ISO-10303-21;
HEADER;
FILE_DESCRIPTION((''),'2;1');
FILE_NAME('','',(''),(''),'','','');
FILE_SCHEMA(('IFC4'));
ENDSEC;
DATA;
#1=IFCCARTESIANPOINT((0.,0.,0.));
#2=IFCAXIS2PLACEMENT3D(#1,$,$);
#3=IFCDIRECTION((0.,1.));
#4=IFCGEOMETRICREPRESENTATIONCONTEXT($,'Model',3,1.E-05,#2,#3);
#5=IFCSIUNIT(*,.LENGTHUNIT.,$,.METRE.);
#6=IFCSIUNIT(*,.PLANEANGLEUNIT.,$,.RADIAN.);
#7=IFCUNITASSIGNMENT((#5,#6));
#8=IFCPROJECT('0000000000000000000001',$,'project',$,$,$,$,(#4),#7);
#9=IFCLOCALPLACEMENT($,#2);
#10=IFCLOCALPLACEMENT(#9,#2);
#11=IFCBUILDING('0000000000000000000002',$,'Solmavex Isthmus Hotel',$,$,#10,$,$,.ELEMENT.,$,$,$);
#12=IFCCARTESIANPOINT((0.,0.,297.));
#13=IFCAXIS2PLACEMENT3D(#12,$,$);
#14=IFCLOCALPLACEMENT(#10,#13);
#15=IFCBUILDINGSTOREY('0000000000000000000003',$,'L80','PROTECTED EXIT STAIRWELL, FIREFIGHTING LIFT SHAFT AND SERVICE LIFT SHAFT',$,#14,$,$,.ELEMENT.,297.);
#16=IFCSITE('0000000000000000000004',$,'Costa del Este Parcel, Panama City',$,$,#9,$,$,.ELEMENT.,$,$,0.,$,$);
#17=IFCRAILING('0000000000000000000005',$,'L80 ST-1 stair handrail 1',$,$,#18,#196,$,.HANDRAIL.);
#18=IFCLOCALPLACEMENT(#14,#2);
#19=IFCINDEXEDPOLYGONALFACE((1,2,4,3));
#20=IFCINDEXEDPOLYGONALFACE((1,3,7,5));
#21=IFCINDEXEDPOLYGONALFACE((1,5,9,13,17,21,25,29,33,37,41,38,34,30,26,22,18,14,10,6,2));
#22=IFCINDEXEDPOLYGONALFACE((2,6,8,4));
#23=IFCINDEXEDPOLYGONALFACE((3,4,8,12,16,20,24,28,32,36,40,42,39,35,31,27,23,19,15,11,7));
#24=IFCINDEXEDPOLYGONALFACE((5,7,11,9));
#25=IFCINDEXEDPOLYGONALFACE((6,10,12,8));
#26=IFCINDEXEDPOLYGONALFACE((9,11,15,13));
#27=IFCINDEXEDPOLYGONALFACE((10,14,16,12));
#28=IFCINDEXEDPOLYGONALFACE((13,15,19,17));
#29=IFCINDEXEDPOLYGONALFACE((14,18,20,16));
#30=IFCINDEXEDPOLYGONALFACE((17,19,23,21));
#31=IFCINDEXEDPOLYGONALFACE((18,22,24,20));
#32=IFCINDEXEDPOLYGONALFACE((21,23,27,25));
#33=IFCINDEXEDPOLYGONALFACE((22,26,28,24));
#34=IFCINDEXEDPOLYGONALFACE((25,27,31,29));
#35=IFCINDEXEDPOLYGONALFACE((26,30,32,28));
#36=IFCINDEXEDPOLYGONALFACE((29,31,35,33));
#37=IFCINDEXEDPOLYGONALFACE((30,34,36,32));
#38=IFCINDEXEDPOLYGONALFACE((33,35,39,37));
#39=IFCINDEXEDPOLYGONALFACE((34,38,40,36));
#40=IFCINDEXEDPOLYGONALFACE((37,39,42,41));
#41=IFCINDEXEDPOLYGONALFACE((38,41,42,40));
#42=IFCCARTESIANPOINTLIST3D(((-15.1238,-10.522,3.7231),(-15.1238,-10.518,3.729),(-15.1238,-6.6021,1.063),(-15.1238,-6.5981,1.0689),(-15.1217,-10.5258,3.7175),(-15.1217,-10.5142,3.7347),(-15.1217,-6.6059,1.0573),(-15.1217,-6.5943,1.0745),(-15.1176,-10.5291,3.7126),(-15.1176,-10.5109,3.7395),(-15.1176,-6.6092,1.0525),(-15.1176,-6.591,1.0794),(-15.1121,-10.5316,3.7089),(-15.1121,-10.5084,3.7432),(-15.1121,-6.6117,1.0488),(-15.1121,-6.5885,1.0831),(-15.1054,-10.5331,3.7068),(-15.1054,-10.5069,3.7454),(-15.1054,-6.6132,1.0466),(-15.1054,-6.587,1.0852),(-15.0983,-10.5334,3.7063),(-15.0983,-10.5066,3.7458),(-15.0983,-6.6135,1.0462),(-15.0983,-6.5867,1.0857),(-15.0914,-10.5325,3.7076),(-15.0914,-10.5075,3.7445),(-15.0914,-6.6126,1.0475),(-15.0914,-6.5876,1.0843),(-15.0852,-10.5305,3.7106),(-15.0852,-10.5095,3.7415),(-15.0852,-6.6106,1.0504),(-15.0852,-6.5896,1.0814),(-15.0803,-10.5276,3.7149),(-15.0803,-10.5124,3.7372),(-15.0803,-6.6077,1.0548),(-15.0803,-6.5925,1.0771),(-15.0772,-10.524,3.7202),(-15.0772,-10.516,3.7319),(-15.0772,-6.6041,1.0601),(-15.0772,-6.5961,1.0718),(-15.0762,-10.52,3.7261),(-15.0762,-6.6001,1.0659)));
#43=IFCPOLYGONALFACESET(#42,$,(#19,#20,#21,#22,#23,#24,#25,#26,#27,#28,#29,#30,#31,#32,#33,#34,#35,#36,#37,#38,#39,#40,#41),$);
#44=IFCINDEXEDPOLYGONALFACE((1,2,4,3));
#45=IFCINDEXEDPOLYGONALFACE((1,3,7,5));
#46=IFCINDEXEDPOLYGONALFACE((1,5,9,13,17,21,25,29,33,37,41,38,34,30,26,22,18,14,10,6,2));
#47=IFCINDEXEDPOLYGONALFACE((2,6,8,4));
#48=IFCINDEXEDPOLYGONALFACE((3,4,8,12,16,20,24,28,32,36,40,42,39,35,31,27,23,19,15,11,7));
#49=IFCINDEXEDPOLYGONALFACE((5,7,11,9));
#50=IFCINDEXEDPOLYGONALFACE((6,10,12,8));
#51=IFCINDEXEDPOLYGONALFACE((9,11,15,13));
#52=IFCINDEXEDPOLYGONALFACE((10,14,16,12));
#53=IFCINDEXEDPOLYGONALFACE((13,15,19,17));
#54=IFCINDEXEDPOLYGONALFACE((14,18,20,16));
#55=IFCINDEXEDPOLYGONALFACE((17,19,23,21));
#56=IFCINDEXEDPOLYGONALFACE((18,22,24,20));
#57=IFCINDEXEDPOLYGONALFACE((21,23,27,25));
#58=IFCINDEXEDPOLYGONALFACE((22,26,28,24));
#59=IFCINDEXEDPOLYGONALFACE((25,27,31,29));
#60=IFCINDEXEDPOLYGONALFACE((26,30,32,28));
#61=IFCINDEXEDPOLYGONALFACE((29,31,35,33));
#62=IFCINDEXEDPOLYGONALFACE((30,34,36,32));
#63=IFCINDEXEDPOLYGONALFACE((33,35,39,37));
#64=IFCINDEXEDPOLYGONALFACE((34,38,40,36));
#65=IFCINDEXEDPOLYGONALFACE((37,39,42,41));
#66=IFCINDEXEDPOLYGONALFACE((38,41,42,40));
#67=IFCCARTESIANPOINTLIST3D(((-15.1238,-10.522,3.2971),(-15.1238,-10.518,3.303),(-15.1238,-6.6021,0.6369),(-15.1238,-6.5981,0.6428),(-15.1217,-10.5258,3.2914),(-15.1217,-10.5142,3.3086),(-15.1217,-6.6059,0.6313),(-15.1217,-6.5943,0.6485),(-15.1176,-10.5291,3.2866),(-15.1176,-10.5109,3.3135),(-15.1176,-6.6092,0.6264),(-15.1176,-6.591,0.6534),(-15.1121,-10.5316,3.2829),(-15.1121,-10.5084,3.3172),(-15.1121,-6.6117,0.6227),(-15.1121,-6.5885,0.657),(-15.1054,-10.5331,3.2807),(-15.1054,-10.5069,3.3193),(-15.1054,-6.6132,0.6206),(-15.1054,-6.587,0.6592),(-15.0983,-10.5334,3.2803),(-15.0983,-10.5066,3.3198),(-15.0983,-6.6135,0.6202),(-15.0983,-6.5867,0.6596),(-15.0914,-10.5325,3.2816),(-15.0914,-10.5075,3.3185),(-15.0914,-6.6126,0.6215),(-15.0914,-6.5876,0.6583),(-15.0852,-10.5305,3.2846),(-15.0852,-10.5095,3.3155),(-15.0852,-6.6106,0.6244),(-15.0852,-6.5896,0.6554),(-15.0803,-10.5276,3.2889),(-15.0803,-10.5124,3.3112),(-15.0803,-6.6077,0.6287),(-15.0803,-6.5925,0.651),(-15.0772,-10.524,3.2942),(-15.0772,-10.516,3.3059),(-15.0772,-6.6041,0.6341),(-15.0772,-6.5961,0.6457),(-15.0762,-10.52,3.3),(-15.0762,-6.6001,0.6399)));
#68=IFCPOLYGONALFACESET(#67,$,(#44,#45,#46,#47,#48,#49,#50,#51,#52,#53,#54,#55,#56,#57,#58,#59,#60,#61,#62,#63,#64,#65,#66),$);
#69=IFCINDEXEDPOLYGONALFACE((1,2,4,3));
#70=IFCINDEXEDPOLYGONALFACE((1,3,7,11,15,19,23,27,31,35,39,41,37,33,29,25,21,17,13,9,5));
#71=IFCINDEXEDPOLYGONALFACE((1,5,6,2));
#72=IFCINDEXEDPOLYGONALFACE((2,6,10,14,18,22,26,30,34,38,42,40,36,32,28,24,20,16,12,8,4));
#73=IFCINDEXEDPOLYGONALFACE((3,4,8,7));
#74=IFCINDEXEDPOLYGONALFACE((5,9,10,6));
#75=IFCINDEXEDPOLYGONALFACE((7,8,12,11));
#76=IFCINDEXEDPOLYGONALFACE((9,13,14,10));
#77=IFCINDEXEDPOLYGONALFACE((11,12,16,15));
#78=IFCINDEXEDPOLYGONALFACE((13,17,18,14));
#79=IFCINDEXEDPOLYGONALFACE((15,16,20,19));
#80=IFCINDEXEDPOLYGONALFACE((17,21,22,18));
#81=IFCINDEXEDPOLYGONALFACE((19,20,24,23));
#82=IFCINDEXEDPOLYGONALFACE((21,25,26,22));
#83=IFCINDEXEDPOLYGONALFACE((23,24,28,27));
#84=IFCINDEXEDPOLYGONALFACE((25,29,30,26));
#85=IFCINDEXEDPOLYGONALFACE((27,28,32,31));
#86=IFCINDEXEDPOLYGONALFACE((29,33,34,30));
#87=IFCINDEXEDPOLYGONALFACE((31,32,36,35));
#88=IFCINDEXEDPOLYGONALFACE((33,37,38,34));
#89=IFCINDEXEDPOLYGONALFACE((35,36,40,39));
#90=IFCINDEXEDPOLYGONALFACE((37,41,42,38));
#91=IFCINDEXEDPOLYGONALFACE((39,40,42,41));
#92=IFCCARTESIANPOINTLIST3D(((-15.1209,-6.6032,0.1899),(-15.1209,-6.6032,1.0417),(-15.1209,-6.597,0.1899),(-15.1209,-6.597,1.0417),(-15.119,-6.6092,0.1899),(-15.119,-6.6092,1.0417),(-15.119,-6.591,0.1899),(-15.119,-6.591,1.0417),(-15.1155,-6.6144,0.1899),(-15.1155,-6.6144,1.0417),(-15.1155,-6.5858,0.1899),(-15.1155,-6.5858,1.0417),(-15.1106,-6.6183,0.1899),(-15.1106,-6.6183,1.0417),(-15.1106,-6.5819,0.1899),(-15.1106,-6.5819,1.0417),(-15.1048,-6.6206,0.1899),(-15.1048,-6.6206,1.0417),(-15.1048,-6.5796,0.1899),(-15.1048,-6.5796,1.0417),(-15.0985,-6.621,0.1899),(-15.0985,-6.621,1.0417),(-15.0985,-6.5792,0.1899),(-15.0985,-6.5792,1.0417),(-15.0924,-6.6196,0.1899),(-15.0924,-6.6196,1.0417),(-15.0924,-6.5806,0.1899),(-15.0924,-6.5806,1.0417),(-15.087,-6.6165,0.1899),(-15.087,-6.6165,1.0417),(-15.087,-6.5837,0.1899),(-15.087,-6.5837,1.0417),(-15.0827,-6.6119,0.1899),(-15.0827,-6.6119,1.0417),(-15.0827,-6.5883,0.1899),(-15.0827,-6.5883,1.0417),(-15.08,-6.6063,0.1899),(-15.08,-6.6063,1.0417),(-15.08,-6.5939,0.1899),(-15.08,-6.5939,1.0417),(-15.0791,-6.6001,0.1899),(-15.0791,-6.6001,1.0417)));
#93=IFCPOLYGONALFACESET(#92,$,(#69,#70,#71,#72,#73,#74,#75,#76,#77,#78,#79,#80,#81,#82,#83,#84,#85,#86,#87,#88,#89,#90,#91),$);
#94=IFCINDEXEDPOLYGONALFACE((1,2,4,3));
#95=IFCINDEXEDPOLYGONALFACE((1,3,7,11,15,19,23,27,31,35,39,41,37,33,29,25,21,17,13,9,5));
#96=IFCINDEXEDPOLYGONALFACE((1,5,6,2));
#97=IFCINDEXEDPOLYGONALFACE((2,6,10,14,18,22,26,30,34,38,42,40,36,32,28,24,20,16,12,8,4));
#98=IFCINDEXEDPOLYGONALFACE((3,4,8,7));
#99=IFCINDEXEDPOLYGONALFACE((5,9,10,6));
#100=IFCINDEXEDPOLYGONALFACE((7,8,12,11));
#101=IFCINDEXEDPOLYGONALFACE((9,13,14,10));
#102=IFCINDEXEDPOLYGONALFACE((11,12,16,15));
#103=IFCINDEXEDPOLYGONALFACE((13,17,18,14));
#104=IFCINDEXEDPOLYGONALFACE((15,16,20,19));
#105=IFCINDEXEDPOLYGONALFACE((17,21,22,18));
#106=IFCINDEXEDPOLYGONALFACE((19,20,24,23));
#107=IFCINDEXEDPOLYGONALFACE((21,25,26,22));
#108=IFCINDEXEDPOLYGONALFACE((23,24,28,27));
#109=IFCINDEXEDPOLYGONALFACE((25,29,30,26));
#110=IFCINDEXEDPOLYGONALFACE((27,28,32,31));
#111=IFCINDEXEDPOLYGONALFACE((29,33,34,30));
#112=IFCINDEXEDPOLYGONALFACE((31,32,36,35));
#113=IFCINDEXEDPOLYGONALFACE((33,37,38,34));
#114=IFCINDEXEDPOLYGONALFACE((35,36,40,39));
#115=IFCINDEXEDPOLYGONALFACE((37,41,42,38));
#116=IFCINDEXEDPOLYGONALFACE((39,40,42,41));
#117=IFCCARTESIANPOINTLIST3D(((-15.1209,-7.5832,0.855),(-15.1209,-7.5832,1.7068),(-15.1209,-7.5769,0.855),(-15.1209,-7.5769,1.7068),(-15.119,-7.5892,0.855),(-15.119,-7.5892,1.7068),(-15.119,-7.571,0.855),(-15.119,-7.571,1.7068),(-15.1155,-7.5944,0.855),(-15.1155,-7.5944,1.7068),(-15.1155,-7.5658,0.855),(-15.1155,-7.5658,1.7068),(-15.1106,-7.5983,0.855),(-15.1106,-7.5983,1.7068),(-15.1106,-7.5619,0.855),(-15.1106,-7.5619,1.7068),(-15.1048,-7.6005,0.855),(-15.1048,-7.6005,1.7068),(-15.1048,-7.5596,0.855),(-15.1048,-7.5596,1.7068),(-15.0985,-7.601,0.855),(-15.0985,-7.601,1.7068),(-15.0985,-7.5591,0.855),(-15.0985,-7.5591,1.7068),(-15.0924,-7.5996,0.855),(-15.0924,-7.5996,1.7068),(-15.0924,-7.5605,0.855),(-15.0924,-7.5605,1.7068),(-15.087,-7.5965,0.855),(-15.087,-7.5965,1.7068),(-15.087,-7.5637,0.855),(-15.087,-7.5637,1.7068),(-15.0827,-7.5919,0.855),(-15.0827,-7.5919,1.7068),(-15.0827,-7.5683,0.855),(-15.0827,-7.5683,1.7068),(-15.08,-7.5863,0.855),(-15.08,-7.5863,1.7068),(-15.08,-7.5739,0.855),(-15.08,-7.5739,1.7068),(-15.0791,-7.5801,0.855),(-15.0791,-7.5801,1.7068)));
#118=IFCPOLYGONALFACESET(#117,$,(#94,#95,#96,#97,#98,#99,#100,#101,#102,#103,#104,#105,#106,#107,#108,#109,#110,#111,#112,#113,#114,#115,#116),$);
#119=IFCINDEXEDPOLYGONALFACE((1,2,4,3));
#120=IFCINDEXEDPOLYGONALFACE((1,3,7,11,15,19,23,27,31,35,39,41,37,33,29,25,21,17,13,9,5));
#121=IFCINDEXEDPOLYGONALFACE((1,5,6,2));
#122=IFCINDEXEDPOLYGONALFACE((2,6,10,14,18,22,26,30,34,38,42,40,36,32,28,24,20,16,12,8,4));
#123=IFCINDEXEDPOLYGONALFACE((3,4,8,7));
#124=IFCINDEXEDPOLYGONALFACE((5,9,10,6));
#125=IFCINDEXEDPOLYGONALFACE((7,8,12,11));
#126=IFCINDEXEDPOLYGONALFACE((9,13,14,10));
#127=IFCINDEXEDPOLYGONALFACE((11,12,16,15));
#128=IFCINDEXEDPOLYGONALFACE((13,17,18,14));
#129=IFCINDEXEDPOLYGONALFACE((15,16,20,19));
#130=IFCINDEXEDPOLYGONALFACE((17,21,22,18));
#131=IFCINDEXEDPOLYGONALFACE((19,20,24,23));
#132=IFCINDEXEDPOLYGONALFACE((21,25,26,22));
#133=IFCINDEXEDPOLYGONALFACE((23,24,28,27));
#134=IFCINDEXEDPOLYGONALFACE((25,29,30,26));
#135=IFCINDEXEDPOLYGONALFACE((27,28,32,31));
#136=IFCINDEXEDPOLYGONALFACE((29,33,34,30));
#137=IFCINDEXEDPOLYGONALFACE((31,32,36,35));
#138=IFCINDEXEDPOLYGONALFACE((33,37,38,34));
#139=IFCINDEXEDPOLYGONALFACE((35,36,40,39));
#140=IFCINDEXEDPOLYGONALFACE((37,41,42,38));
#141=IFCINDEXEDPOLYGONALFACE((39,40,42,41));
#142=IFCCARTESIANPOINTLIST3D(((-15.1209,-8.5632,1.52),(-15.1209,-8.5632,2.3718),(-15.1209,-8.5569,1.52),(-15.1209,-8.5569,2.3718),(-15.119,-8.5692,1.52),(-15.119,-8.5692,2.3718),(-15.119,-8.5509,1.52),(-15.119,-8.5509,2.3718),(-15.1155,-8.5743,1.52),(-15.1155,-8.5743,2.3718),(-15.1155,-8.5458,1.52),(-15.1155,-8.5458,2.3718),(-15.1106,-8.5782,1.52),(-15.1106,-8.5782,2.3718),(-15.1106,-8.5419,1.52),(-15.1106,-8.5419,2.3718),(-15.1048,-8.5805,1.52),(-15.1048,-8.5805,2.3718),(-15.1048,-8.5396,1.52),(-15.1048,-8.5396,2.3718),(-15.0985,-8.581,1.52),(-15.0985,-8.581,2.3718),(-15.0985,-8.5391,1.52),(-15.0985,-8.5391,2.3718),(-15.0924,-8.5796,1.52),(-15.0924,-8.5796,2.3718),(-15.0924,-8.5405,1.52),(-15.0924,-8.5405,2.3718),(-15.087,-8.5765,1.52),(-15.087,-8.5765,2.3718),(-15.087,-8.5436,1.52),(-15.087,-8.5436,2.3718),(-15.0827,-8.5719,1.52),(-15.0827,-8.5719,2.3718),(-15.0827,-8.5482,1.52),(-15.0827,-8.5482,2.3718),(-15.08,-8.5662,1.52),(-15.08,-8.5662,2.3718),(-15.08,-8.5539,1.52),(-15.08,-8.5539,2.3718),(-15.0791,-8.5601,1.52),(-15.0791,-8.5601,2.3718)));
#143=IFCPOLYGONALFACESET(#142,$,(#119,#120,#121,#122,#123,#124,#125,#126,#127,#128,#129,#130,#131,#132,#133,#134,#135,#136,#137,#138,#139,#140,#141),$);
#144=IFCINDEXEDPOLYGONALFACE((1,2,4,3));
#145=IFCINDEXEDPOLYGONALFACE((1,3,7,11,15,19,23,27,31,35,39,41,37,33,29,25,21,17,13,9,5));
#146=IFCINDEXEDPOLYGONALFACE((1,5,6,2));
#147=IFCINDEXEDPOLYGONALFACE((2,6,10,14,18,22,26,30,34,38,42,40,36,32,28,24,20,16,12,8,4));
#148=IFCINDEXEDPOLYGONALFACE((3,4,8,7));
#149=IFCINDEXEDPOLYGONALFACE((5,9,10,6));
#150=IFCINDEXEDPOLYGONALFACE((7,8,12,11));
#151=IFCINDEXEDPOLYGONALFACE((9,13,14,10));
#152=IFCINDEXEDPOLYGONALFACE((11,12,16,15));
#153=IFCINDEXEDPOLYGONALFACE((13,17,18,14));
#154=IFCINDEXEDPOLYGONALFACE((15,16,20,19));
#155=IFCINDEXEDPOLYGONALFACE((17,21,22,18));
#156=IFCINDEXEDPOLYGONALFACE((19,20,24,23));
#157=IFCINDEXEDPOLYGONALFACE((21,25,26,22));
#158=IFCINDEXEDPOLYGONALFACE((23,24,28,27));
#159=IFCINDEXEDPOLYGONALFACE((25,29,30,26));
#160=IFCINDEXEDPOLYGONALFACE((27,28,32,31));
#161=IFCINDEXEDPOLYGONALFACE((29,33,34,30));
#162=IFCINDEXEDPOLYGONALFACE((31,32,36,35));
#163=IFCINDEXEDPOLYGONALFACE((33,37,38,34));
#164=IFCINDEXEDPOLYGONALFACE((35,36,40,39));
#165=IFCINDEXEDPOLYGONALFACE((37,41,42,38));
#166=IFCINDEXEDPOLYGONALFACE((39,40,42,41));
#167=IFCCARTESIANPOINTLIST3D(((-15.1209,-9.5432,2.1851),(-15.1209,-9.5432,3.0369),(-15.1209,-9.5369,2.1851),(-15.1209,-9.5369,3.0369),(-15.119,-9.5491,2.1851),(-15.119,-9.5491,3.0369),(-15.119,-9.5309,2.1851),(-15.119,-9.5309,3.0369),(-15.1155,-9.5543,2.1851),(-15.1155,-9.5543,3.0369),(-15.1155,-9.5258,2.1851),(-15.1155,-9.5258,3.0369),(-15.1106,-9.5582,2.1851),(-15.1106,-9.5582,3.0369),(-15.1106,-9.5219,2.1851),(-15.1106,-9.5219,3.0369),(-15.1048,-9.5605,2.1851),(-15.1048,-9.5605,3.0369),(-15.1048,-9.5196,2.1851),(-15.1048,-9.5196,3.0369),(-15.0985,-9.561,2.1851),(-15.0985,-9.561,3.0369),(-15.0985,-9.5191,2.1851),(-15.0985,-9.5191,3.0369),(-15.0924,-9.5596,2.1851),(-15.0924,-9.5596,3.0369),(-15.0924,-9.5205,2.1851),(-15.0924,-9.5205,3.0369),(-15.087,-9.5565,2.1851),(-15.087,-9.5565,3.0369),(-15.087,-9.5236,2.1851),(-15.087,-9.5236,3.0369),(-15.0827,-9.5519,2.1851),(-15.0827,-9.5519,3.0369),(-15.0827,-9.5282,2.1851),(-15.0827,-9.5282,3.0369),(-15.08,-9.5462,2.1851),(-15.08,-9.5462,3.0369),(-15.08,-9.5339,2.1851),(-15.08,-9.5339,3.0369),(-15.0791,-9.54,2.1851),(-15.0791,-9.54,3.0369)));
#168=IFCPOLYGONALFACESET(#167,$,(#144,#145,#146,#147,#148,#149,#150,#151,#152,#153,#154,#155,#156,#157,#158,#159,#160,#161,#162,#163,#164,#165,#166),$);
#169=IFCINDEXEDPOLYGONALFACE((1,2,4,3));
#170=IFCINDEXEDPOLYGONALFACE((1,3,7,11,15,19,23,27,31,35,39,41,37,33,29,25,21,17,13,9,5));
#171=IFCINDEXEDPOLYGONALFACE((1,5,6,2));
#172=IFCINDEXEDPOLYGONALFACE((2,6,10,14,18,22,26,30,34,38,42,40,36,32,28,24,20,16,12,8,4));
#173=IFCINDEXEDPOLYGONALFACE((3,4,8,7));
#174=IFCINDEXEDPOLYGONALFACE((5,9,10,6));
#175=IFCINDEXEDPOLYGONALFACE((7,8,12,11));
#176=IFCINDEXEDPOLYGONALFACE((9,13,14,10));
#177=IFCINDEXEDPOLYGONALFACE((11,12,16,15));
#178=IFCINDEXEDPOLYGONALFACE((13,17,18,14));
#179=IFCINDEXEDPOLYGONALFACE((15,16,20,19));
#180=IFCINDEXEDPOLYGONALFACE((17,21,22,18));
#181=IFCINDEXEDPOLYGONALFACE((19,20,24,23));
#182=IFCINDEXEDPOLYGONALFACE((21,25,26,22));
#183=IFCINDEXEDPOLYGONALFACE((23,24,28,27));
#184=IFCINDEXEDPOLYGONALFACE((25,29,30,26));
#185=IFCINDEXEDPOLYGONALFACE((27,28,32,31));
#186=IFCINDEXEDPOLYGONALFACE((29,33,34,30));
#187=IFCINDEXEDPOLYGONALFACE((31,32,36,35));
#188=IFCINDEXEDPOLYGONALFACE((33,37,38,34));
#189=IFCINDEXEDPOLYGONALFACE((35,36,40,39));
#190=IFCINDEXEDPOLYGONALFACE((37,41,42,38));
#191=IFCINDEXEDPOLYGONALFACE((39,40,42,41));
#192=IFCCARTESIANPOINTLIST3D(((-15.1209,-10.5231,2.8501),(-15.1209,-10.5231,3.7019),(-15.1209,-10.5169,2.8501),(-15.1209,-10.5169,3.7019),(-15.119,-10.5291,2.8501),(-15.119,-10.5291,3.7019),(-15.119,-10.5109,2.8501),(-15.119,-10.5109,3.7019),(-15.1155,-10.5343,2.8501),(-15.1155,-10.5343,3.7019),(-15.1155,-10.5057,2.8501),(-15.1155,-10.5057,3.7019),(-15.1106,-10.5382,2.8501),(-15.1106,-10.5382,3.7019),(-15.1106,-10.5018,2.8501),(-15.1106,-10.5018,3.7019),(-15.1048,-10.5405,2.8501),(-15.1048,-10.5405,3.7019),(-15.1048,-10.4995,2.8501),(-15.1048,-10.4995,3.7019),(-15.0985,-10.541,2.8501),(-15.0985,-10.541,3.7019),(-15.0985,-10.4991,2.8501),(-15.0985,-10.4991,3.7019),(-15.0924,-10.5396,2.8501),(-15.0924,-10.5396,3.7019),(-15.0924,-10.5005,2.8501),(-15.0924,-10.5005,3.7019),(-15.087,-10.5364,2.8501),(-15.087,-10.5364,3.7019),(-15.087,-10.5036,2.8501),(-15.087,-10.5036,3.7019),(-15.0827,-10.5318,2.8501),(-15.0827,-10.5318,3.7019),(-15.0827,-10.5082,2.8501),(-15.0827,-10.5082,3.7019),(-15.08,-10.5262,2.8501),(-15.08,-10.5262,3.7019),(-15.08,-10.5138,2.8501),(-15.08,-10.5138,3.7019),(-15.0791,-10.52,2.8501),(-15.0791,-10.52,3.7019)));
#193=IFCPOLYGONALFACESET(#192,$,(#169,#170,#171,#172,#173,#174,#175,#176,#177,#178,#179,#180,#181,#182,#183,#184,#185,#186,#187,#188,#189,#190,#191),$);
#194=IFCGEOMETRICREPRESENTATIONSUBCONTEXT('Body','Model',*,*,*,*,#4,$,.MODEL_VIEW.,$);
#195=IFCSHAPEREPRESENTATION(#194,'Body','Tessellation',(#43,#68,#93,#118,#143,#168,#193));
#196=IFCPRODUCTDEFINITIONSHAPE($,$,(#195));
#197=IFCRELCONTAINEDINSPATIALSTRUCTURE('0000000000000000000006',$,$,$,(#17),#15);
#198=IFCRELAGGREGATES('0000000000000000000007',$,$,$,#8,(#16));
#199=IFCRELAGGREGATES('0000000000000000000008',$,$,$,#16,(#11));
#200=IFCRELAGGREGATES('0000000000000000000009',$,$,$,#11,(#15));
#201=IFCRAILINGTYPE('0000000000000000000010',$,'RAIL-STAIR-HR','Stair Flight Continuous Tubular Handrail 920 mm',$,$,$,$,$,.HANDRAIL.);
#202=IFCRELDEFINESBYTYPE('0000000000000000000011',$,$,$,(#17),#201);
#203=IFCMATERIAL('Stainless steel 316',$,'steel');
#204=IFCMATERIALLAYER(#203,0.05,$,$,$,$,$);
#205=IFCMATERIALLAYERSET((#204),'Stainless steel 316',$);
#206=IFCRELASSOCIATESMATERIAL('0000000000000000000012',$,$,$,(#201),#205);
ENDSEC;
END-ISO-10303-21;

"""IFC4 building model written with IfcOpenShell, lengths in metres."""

from ifc_helpers import new_model, si_unit, direction, frame, origin, origin_2d, place, context, subcontext, project, spatial, circle, extrude, material, layer, layer_set, type_object, element, save


model = new_model("IFC4")

# Units and contexts
model_context = context("Model", 3, precision=1e-05, world=origin(), true_north=direction((0.0, 1.0)))
body_context = subcontext(model_context, "Body", "Model", "MODEL_VIEW")
ifc_project = project(units=[si_unit("LENGTHUNIT", "METRE"), si_unit("PLANEANGLEUNIT", "RADIAN")], contexts=[model_context])

# Site, building, storey
site_placement = place(None, origin())
site = spatial("IfcSite", under=ifc_project, at=site_placement, Name="Costa del Este Parcel, Panama City", CompositionType="ELEMENT", RefElevation=0.0)
building_placement = place(site_placement, origin())
building = spatial("IfcBuilding", under=site, at=building_placement, Name="Solmavex Isthmus Hotel", CompositionType="ELEMENT")
storey_placement = place(building_placement, frame((0.0, 0.0, 297.0)))
storey = spatial("IfcBuildingStorey", under=building, at=storey_placement, Name="L80", Description="PROTECTED EXIT STAIRWELL, FIREFIGHTING LIFT SHAFT AND SERVICE LIFT SHAFT", CompositionType="ELEMENT", Elevation=297.0)

# Railing
ifc_material_1 = material(Name="Stainless steel 316", Category="steel")
ifc_layer_1 = layer(ifc_material_1, 0.05)
ifc_layer_set_1 = layer_set([ifc_layer_1], Name="Stainless steel 316")
railing_type = type_object("IfcRailingType", Name="RAIL-STAIR-HR", Description="Stair Flight Continuous Tubular Handrail 920 mm", PredefinedType="HANDRAIL", material=ifc_layer_set_1)
railing_placement = place(storey_placement, frame((-15.1001, -6.6001, 0.1899)))
element("IfcRailing", 1, at=railing_placement, inside=storey, type_object=railing_type, Name="L80 ST-1 stair handrail 1", PredefinedType="HANDRAIL", context=body_context, shape_type="SweptSolid", body=[
    extrude(circle(Radius=0.0239, at=origin_2d()), frame((0.0, 0.0, 0.876), z_axis=(0.0, -0.827455, 0.561532), x_axis=(1.0, 0.0, 0.0)), (0.0, 0.0, 1.0), 4.7373),
    extrude(circle(Radius=0.0239, at=origin_2d()), frame((0.0, 0.0, 0.45), z_axis=(0.0, -0.827455, 0.561532), x_axis=(1.0, 0.0, 0.0)), (0.0, 0.0, 1.0), 4.7373),
    extrude(circle(Radius=0.021, at=origin_2d()), origin(), (0.0, 0.0, 1.0), 0.8518),
    extrude(circle(Radius=0.021, at=origin_2d()), frame((0.0, -0.98, 0.665)), (0.0, 0.0, 1.0), 0.8518),
    extrude(circle(Radius=0.021, at=origin_2d()), frame((0.0, -1.96, 1.3301)), (0.0, 0.0, 1.0), 0.8518),
    extrude(circle(Radius=0.021, at=origin_2d()), frame((0.0, -2.9399, 1.9951)), (0.0, 0.0, 1.0), 0.8518),
    extrude(circle(Radius=0.021, at=origin_2d()), frame((0.0, -3.9199, 2.6602)), (0.0, 0.0, 1.0), 0.8518),
])

save(model, "model.ifc")
